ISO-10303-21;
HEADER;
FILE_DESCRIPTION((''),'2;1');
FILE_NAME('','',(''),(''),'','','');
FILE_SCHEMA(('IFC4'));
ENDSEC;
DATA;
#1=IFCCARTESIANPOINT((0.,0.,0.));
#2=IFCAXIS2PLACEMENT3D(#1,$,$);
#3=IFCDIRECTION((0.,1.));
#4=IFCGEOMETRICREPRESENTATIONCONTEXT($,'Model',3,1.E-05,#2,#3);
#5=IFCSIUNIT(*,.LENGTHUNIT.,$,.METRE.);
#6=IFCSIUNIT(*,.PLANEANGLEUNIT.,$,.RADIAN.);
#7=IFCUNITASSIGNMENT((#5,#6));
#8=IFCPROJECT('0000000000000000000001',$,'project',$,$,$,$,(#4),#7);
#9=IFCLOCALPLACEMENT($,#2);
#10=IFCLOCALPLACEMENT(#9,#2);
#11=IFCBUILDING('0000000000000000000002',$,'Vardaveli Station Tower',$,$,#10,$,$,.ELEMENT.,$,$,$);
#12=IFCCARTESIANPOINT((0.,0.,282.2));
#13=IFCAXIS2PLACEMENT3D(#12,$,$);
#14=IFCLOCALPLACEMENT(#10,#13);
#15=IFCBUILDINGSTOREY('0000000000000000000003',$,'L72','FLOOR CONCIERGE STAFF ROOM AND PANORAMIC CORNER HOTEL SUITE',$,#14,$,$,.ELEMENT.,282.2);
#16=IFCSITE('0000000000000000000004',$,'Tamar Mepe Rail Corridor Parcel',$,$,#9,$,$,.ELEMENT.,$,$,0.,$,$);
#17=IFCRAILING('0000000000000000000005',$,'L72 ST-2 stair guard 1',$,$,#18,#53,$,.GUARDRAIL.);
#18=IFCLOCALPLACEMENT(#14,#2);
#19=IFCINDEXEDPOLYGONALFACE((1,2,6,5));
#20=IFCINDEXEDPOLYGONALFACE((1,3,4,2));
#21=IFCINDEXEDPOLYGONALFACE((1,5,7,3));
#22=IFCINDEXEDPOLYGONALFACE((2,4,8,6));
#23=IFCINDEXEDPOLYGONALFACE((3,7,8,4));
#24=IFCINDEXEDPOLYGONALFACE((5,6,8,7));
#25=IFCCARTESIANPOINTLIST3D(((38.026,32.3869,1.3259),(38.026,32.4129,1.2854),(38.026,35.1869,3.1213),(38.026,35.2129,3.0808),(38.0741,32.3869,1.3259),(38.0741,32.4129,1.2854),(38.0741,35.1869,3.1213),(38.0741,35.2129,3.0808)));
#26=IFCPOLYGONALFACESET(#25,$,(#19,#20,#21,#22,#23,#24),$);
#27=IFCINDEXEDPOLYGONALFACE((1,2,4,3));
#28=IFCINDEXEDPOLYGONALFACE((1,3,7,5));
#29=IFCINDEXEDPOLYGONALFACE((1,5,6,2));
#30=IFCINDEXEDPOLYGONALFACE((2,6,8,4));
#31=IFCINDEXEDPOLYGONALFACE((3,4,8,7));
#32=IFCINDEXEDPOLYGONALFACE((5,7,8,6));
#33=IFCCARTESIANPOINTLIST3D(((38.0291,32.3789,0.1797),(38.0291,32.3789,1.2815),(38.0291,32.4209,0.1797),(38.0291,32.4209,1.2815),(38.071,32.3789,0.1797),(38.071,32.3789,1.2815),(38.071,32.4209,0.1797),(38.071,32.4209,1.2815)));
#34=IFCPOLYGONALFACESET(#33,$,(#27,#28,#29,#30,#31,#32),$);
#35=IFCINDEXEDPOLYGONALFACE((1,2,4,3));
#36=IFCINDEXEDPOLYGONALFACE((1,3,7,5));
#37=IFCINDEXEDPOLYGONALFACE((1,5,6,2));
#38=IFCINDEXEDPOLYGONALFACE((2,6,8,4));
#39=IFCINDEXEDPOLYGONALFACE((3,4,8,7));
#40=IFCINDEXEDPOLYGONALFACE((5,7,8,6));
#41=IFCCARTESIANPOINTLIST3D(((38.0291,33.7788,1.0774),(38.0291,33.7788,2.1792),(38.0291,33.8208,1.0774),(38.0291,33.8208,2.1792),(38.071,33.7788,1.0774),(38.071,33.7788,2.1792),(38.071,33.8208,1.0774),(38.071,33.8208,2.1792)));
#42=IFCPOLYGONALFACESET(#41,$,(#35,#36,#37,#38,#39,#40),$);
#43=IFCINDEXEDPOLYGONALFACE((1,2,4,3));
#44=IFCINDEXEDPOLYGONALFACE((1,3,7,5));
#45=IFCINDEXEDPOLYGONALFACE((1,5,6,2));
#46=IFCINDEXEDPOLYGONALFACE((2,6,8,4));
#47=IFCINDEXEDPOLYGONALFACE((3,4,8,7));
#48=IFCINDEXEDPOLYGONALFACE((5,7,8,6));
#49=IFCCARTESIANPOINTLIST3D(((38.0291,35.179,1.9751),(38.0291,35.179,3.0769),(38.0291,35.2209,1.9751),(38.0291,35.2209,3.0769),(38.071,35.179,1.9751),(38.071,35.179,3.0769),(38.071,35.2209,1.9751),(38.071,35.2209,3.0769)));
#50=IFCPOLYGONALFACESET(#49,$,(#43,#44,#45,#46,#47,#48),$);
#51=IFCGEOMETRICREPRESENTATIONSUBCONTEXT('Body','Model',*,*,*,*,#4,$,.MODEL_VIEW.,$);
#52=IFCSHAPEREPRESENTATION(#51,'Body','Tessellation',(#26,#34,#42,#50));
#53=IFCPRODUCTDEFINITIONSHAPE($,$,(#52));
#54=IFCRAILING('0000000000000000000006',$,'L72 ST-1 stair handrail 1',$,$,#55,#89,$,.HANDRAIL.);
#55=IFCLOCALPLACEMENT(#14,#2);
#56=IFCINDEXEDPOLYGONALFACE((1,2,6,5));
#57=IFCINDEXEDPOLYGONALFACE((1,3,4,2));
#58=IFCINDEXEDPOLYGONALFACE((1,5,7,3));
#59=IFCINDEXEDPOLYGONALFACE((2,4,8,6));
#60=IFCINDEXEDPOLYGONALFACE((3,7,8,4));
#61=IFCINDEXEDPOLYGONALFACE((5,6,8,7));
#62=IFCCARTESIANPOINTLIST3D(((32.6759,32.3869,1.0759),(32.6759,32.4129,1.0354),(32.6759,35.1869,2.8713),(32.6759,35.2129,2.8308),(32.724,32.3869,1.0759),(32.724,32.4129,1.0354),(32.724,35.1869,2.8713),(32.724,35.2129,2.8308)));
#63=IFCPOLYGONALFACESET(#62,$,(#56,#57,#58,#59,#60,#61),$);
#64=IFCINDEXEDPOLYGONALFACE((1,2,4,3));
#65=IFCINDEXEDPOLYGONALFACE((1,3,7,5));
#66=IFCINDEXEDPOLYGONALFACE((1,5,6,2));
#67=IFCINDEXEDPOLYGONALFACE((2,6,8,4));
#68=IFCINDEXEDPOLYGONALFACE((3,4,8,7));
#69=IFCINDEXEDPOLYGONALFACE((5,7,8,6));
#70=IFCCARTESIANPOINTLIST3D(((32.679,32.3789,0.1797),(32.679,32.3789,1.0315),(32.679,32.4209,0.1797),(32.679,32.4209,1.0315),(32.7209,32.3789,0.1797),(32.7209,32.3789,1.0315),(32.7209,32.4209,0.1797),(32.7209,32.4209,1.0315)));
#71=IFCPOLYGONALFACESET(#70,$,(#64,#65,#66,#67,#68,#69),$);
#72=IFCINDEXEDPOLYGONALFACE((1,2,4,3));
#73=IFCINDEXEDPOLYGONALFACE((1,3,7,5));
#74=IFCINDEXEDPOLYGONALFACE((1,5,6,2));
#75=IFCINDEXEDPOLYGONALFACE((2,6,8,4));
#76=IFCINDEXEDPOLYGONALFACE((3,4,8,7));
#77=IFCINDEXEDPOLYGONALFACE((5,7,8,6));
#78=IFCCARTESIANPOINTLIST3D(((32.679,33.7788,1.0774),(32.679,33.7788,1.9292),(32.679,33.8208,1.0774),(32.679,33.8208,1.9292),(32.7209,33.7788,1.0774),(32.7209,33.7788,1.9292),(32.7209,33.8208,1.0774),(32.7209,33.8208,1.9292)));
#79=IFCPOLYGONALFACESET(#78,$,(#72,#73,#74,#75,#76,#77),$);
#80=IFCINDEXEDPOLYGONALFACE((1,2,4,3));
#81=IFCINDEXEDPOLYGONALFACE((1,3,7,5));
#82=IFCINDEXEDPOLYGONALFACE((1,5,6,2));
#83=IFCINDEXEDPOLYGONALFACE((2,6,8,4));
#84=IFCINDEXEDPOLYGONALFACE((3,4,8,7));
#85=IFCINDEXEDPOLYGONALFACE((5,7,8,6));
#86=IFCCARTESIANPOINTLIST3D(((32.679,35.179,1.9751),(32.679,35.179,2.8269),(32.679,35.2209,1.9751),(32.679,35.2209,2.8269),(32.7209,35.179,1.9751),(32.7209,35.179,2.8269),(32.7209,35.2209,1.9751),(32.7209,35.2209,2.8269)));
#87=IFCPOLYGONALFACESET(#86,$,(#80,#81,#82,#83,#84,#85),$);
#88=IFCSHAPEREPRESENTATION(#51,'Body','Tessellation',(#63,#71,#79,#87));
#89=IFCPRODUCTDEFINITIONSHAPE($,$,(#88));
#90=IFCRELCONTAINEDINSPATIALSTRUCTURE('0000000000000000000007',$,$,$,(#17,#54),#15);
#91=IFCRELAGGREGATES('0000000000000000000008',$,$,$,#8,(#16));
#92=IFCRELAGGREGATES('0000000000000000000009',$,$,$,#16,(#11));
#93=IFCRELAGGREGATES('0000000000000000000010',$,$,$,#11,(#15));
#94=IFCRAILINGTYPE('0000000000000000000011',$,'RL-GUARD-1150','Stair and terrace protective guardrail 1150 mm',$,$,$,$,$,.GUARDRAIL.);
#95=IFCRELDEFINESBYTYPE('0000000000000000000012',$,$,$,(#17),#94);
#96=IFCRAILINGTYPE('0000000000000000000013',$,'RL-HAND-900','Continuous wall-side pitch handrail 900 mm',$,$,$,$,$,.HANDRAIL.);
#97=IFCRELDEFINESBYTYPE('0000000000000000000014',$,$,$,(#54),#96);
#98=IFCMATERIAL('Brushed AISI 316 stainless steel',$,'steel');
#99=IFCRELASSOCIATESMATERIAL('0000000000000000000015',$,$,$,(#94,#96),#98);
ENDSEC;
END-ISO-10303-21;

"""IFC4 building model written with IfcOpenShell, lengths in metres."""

from ifc_helpers import new_model, si_unit, direction, frame, origin, origin_2d, place, context, subcontext, project, spatial, rectangle, extrude, source, transform, mapped, material, type_object, element, save


model = new_model("IFC4")

# Units and contexts
model_context = context("Model", 3, precision=1e-05, world=origin(), true_north=direction((0.0, 1.0)))
body_context = subcontext(model_context, "Body", "Model", "MODEL_VIEW")
ifc_project = project(units=[si_unit("LENGTHUNIT", "METRE"), si_unit("PLANEANGLEUNIT", "RADIAN")], contexts=[model_context])

# Site, building, storey
site_placement = place(None, origin())
site = spatial("IfcSite", under=ifc_project, at=site_placement, Name="Tamar Mepe Rail Corridor Parcel", CompositionType="ELEMENT", RefElevation=0.0)
building_placement = place(site_placement, origin())
building = spatial("IfcBuilding", under=site, at=building_placement, Name="Vardaveli Station Tower", CompositionType="ELEMENT")
storey_placement = place(building_placement, frame((0.0, 0.0, 282.2)))
storey = spatial("IfcBuildingStorey", under=building, at=storey_placement, Name="L72", Description="FLOOR CONCIERGE STAFF ROOM AND PANORAMIC CORNER HOTEL SUITE", CompositionType="ELEMENT", Elevation=282.2)

# Railings
ifc_material_1 = material(Name="Brushed AISI 316 stainless steel", Category="steel")
railing_type_1 = type_object("IfcRailingType", Name="RL-GUARD-1150", Description="Stair and terrace protective guardrail 1150 mm", PredefinedType="GUARDRAIL", material=ifc_material_1)
shared_shape_1 = source(origin(), body_context, "Body", "SweptSolid", [
    extrude(rectangle(XDim=0.0481, YDim=0.0481, at=origin_2d()), frame((0.0, 0.0, 1.126), z_axis=(0.0, 0.84181, 0.539774), x_axis=(-1.0, 0.0, 0.0)), (0.0, 0.0, 1.0), 3.3262),
    extrude(rectangle(XDim=0.042, YDim=0.042, at=origin_2d()), origin(), (0.0, 0.0, 1.0), 1.1018),
    extrude(rectangle(XDim=0.042, YDim=0.042, at=origin_2d()), frame((0.0, 1.3999, 0.8977)), (0.0, 0.0, 1.0), 1.1018),
    extrude(rectangle(XDim=0.042, YDim=0.042, at=origin_2d()), frame((0.0, 2.8, 1.7954)), (0.0, 0.0, 1.0), 1.1018),
])
for number, where, name in (
    (1, (38.05, 32.3999, 0.1797), "L72 ST-2 stair guard 1"),
):
    element("IfcRailing", number, at=place(storey_placement, frame(where)), inside=storey, type_object=railing_type_1, Name=name, PredefinedType="GUARDRAIL", context=body_context, shape_type="MappedRepresentation", body=[
        mapped(shared_shape_1, transform((0.0, 0.0, 0.0), scale=1.0)),
    ])
railing_type_2 = type_object("IfcRailingType", Name="RL-HAND-900", Description="Continuous wall-side pitch handrail 900 mm", PredefinedType="HANDRAIL", material=ifc_material_1)
shared_shape_2 = source(origin(), body_context, "Body", "SweptSolid", [
    extrude(rectangle(XDim=0.0481, YDim=0.0481, at=origin_2d()), frame((0.0, 0.0, 0.876), z_axis=(0.0, 0.84181, 0.539774), x_axis=(-1.0, 0.0, 0.0)), (0.0, 0.0, 1.0), 3.3262),
    extrude(rectangle(XDim=0.042, YDim=0.042, at=origin_2d()), origin(), (0.0, 0.0, 1.0), 0.8518),
    extrude(rectangle(XDim=0.042, YDim=0.042, at=origin_2d()), frame((0.0, 1.3999, 0.8977)), (0.0, 0.0, 1.0), 0.8518),
    extrude(rectangle(XDim=0.042, YDim=0.042, at=origin_2d()), frame((0.0, 2.8, 1.7954)), (0.0, 0.0, 1.0), 0.8518),
])
railing_placement = place(storey_placement, frame((32.7, 32.3999, 0.1797)))
element("IfcRailing", 2, at=railing_placement, inside=storey, type_object=railing_type_2, Name="L72 ST-1 stair handrail 1", PredefinedType="HANDRAIL", context=body_context, shape_type="MappedRepresentation", body=[
    mapped(shared_shape_2, transform((0.0, 0.0, 0.0), scale=1.0)),
])

save(model, "model.ifc")
